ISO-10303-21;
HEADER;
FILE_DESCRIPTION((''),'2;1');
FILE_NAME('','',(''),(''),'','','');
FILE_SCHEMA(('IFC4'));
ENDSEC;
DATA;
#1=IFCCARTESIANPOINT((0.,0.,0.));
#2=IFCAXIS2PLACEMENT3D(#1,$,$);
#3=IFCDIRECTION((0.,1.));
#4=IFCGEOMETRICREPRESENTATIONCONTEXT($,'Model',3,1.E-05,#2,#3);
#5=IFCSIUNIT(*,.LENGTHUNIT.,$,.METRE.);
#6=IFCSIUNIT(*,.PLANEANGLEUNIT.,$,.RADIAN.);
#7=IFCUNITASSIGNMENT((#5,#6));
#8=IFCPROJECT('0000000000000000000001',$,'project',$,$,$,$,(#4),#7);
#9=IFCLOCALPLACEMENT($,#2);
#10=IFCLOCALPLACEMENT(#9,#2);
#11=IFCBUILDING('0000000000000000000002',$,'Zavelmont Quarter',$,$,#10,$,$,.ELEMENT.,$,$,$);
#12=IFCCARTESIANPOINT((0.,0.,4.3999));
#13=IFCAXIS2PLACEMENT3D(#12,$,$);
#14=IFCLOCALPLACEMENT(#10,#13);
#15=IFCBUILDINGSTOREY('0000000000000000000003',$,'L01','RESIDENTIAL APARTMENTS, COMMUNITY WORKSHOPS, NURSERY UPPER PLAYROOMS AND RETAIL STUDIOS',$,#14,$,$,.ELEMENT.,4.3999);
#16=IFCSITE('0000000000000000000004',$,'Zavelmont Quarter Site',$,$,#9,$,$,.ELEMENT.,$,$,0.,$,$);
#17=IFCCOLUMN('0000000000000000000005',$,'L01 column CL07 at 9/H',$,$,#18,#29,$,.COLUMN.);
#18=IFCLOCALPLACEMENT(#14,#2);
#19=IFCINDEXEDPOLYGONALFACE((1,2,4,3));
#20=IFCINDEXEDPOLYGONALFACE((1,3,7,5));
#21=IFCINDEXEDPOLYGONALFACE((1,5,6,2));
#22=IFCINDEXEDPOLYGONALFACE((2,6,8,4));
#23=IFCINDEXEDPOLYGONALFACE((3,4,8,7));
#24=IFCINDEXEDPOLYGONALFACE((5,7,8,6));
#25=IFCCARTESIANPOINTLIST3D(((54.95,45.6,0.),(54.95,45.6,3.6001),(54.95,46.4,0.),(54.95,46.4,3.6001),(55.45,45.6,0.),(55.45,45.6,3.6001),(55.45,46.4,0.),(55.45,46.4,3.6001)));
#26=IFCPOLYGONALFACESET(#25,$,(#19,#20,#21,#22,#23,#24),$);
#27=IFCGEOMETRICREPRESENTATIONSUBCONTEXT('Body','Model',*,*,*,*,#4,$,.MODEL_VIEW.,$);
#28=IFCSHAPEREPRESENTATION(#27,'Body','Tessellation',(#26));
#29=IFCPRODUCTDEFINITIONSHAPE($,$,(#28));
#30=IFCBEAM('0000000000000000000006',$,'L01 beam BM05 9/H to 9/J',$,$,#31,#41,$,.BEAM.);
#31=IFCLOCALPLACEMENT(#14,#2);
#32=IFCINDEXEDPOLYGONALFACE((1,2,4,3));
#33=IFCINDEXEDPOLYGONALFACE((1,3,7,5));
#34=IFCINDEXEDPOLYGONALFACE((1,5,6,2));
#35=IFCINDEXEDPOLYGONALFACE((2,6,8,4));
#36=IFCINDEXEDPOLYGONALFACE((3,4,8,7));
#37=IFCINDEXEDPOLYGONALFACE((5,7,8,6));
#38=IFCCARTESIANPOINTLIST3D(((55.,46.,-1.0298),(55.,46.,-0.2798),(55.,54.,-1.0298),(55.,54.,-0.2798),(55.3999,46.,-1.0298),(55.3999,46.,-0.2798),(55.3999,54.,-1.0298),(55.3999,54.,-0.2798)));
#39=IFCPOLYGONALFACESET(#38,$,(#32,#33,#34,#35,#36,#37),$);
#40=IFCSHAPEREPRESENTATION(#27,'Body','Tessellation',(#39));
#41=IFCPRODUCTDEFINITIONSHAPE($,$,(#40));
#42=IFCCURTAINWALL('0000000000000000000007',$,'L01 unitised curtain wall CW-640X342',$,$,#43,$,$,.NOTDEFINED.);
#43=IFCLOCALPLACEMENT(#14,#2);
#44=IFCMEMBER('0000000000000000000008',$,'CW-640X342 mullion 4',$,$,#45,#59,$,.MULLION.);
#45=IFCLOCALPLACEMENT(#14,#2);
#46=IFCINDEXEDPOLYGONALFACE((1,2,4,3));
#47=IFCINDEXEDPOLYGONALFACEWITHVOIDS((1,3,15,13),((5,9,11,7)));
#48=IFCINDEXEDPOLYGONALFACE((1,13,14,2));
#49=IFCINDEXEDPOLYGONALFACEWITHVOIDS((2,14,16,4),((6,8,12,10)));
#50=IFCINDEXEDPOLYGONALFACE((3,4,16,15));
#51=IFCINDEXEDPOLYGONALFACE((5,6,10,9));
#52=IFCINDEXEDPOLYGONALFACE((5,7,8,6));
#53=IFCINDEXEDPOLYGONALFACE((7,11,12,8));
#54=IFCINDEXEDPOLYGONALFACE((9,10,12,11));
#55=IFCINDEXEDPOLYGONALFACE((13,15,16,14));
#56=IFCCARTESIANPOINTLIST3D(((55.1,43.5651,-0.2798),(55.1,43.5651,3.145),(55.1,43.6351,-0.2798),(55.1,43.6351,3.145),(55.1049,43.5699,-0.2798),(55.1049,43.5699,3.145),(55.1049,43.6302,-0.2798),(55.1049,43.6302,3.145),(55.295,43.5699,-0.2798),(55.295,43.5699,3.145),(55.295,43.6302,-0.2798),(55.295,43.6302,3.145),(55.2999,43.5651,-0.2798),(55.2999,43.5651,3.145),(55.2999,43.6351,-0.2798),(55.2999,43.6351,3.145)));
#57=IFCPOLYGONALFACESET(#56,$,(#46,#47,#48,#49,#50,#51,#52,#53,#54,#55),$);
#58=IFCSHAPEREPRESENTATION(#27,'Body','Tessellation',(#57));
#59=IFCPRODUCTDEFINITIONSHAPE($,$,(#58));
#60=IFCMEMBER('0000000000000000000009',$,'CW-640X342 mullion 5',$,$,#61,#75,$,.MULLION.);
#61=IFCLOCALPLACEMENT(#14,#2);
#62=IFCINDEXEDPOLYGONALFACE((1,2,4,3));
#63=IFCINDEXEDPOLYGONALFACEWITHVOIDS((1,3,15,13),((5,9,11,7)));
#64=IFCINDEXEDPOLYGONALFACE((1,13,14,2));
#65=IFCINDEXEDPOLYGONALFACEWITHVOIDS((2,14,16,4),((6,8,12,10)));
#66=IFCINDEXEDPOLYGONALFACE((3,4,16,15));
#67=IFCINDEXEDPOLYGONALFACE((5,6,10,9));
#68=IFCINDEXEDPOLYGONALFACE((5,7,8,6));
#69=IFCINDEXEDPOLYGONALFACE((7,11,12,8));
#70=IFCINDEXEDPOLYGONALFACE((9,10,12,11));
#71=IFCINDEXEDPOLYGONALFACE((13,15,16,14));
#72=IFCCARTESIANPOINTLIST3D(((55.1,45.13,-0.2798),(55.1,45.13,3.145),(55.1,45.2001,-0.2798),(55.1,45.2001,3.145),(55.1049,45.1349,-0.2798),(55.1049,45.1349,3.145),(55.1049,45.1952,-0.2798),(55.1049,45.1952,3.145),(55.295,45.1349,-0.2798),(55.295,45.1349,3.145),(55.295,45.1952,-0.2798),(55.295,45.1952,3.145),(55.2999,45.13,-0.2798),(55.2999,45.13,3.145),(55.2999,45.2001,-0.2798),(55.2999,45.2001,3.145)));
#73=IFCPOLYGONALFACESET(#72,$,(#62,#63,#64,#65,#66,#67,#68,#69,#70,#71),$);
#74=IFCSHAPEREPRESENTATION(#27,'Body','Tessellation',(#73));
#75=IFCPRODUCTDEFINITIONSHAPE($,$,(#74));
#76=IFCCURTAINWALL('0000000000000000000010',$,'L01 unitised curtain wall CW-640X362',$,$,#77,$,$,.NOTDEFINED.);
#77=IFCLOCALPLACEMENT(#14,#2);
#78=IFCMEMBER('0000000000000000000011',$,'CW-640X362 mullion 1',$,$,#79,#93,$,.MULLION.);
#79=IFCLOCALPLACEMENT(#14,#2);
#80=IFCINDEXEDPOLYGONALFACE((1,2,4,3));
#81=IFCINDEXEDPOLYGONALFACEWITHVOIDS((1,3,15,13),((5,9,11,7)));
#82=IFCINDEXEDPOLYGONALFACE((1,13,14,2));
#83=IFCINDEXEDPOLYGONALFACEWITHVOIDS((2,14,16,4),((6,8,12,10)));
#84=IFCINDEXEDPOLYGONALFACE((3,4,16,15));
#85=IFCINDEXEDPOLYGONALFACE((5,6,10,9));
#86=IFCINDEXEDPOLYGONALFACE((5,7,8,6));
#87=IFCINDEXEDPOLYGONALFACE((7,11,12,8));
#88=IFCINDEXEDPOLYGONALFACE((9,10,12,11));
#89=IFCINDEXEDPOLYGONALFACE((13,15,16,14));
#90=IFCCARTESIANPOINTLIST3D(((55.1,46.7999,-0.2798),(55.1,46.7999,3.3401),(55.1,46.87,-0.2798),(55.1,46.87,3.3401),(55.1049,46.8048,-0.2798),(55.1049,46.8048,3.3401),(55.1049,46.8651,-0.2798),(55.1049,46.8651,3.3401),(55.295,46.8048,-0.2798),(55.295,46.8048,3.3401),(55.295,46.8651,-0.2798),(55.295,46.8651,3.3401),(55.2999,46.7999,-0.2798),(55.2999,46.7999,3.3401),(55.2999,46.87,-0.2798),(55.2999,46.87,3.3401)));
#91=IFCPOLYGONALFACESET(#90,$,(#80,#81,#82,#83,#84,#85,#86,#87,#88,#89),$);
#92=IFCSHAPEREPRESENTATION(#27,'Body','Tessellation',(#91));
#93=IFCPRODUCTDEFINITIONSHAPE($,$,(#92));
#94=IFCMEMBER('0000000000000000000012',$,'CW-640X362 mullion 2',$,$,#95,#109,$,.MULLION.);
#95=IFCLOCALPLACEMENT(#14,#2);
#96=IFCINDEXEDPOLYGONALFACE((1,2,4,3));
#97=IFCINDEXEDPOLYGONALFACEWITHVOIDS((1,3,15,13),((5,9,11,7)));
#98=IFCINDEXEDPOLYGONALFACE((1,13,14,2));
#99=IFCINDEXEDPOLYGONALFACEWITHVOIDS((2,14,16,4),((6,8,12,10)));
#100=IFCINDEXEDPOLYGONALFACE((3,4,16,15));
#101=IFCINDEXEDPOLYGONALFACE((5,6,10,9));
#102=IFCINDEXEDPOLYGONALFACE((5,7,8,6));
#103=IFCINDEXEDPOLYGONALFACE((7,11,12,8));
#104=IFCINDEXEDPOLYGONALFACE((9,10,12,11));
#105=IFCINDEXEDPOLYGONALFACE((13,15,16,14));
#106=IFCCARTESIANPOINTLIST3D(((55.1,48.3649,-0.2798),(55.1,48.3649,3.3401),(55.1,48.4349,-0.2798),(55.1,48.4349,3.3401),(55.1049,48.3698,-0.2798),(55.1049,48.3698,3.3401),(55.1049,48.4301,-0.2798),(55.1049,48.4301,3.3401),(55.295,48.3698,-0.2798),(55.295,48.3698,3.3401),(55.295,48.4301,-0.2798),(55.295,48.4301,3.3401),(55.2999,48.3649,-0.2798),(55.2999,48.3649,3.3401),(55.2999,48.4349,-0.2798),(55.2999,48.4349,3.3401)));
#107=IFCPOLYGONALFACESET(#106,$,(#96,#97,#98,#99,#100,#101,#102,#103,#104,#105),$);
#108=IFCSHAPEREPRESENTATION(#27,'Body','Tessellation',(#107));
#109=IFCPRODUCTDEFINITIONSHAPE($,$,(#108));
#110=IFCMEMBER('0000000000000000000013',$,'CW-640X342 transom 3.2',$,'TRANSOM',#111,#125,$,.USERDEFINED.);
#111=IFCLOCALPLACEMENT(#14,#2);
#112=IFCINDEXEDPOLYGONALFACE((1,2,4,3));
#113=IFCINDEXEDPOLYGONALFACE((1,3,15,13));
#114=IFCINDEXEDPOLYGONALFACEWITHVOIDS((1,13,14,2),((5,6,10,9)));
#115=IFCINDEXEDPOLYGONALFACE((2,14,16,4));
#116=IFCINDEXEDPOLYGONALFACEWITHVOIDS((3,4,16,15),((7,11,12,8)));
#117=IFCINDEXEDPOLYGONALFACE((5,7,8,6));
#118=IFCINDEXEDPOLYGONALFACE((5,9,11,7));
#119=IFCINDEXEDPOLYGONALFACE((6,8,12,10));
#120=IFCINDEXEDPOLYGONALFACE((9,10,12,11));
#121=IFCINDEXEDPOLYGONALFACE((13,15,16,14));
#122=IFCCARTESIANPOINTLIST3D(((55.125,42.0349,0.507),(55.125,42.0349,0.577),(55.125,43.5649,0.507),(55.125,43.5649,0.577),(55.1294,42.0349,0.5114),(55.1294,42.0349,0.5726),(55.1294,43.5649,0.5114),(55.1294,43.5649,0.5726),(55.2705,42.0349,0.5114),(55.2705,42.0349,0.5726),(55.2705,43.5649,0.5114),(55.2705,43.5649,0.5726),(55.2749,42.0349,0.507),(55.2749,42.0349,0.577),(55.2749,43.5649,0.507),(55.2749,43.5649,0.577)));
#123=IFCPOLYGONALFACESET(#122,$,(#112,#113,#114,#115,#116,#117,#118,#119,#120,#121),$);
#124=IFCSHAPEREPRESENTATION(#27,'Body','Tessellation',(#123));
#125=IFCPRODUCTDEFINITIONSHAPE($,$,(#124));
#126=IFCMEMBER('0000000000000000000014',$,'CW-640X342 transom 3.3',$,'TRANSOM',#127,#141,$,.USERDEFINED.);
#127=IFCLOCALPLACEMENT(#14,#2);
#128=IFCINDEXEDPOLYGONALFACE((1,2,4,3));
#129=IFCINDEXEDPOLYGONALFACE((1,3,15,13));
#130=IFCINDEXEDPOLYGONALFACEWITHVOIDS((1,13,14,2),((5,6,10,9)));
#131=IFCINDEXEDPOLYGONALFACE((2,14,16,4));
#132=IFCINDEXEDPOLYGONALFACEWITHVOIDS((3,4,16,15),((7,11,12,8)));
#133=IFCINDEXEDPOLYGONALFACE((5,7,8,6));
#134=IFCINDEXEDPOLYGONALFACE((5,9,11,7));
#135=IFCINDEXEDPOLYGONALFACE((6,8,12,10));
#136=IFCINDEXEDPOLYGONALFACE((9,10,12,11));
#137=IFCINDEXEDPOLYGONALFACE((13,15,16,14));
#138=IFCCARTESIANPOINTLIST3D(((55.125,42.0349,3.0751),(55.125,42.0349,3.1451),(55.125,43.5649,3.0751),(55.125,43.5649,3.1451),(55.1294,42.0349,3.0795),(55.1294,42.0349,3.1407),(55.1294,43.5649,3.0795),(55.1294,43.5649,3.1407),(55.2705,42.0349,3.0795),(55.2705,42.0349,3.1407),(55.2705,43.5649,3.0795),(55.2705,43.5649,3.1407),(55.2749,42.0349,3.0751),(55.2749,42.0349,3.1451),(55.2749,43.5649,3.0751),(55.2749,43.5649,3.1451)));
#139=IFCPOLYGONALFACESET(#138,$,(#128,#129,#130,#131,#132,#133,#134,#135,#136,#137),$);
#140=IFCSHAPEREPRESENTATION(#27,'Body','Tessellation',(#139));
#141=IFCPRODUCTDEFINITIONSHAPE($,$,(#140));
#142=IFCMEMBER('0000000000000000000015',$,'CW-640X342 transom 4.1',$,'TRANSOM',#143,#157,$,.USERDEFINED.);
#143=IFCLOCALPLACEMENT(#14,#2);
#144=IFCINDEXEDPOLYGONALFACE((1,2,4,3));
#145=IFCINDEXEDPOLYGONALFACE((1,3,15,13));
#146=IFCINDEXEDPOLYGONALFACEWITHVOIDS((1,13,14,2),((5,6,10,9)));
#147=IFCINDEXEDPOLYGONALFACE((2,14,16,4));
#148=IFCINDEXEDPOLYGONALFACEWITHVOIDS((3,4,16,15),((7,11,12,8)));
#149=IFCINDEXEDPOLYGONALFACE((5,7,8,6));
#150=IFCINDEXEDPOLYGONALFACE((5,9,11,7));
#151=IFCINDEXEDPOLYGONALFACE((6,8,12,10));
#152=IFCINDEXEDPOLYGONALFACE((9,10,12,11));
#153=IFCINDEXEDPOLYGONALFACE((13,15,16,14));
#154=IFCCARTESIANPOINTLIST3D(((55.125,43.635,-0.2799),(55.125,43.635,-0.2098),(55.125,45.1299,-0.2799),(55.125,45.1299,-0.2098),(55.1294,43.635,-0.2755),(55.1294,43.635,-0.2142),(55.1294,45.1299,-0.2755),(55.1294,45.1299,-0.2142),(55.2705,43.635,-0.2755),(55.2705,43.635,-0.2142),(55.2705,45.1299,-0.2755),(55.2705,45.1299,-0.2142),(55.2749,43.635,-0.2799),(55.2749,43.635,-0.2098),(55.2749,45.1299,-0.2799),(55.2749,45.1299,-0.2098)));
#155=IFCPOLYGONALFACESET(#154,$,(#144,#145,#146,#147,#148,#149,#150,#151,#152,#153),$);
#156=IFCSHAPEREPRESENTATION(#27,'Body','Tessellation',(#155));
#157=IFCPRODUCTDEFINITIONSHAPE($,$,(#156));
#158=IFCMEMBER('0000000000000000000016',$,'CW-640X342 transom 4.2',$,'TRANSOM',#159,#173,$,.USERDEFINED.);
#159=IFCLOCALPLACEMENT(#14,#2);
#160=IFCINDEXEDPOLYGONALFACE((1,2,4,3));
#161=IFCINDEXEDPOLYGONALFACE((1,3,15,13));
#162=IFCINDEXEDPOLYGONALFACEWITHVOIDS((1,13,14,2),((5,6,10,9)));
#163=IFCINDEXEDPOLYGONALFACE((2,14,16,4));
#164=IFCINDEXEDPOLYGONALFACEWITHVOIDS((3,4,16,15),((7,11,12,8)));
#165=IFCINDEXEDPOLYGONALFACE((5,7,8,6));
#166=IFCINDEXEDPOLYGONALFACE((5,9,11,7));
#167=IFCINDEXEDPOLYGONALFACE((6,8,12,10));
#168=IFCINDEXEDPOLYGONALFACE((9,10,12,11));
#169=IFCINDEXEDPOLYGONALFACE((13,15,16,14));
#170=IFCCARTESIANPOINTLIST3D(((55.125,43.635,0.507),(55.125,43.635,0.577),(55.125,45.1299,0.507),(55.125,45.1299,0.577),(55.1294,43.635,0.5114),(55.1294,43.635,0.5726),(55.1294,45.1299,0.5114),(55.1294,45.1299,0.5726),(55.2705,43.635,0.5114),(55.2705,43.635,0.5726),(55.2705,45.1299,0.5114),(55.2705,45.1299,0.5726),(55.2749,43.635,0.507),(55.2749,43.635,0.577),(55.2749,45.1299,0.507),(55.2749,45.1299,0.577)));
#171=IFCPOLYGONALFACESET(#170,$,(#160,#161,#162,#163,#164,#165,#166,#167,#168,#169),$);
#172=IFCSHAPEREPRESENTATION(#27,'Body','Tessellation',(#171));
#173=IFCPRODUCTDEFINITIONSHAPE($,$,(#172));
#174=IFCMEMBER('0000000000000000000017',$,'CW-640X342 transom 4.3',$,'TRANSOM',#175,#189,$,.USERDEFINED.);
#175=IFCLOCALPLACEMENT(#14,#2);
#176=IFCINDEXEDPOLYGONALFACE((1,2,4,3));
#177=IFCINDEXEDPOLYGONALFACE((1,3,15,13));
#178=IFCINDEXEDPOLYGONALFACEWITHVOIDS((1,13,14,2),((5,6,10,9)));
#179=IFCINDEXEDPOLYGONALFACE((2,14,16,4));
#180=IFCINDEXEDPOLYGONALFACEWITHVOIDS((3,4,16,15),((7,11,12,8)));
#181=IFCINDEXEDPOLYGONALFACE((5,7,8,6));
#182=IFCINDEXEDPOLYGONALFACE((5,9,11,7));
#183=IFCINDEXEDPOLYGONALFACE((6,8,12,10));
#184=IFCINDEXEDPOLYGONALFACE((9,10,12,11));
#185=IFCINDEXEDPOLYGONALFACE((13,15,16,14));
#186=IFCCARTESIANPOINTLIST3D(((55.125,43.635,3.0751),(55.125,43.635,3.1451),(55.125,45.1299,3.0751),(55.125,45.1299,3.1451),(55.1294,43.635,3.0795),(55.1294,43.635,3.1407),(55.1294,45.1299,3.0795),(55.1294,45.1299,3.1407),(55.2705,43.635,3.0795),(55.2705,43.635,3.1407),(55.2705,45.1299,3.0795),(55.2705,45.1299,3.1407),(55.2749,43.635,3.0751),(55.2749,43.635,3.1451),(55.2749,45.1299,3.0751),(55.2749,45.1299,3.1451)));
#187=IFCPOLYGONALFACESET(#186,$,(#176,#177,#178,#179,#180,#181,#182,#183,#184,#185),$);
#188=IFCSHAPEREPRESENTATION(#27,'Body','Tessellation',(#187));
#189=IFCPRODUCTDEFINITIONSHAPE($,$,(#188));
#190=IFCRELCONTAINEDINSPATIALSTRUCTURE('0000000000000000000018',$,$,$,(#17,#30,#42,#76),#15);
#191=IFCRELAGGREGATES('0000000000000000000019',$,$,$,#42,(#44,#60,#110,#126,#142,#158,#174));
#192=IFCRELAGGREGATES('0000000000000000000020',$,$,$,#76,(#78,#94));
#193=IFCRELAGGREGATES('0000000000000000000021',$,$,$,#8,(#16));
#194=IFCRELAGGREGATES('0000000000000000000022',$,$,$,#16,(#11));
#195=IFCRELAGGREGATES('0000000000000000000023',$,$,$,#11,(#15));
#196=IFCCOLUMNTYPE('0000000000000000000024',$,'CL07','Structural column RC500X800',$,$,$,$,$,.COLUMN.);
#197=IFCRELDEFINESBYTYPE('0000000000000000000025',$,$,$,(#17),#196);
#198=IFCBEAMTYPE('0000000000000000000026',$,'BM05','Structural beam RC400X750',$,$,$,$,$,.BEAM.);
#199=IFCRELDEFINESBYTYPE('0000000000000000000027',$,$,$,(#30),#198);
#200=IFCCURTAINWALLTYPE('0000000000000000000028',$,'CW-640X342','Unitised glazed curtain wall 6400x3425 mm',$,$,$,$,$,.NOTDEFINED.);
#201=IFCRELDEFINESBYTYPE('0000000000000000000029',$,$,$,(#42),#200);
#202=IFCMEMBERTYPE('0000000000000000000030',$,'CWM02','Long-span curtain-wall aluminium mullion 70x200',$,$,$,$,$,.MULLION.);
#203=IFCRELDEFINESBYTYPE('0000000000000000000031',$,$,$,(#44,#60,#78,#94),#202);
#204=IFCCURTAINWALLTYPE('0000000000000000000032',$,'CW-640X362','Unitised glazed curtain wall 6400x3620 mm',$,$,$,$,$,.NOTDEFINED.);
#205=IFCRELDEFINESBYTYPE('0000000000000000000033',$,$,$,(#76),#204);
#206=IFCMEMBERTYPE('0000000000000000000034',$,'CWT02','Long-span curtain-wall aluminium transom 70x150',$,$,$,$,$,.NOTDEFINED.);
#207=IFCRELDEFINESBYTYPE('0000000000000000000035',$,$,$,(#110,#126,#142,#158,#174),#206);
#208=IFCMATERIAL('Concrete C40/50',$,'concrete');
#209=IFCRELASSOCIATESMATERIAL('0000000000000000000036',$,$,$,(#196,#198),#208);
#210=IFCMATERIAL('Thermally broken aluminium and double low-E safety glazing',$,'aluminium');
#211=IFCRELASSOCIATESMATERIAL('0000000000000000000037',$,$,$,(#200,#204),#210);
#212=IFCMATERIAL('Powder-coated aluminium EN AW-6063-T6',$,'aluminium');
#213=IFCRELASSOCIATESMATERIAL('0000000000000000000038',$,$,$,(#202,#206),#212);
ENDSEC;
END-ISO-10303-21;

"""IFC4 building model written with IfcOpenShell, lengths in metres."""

from ifc_helpers import new_model, si_unit, direction, frame, origin, origin_2d, place, context, subcontext, project, spatial, rectangle, hollow_rectangle, extrude, material, material_profile, profile_set, type_object, element, aggregate, save


model = new_model("IFC4")

# Units and contexts
model_context = context("Model", 3, precision=1e-05, world=origin(), true_north=direction((0.0, 1.0)))
body_context = subcontext(model_context, "Body", "Model", "MODEL_VIEW")
ifc_project = project(units=[si_unit("LENGTHUNIT", "METRE"), si_unit("PLANEANGLEUNIT", "RADIAN")], contexts=[model_context])

# Site, building, storey
site_placement = place(None, origin())
site = spatial("IfcSite", under=ifc_project, at=site_placement, Name="Zavelmont Quarter Site", CompositionType="ELEMENT", RefElevation=0.0)
building_placement = place(site_placement, origin())
building = spatial("IfcBuilding", under=site, at=building_placement, Name="Zavelmont Quarter", CompositionType="ELEMENT")
storey_placement = place(building_placement, frame((0.0, 0.0, 4.3999)))
storey = spatial("IfcBuildingStorey", under=building, at=storey_placement, Name="L01", Description="RESIDENTIAL APARTMENTS, COMMUNITY WORKSHOPS, NURSERY UPPER PLAYROOMS AND RETAIL STUDIOS", CompositionType="ELEMENT", Elevation=4.3999)

# Column
ifc_material_1 = material(Name="Concrete C40/50", Category="concrete")
ifc_material_profile_1 = material_profile(ifc_material_1, rectangle(XDim=0.5, YDim=0.8, at=origin_2d()), Name="RC500X800")
ifc_profile_set_1 = profile_set([ifc_material_profile_1], Name="Concrete C40/50")
column_type = type_object("IfcColumnType", Name="CL07", Description="Structural column RC500X800", PredefinedType="COLUMN", material=ifc_profile_set_1)
column_placement = place(storey_placement, frame((55.2, 46.0, 0.0), z_axis=(0.0, 0.0, 1.0), x_axis=(1.0, 0.0, 0.0)))
element("IfcColumn", 1, at=column_placement, inside=storey, type_object=column_type, Name="L01 column CL07 at 9/H", PredefinedType="COLUMN", context=body_context, shape_type="SweptSolid", body=[
    extrude(rectangle(XDim=0.5, YDim=0.8, at=origin_2d()), origin(), (0.0, 0.0, 1.0), 3.6001),
])

# Beam
ifc_material_profile_2 = material_profile(ifc_material_1, rectangle(XDim=0.3999, YDim=0.75, at=origin_2d()), Name="RC400X750")
ifc_profile_set_2 = profile_set([ifc_material_profile_2], Name="Concrete C40/50")
beam_type = type_object("IfcBeamType", Name="BM05", Description="Structural beam RC400X750", PredefinedType="BEAM", material=ifc_profile_set_2)
beam_placement = place(storey_placement, frame((55.2, 46.0, -0.6548), z_axis=(0.0, 1.0, 0.0), x_axis=(-1.0, 0.0, 0.0)))
element("IfcBeam", 2, at=beam_placement, inside=storey, type_object=beam_type, Name="L01 beam BM05 9/H to 9/J", PredefinedType="BEAM", context=body_context, shape_type="SweptSolid", body=[
    extrude(rectangle(XDim=0.3999, YDim=0.75, at=origin_2d()), origin(), (0.0, 0.0, 1.0), 8.0),
])

# Curtain walls, members
ifc_material_2 = material(Name="Thermally broken aluminium and double low-E safety glazing", Category="aluminium")
curtain_wall_type_1 = type_object("IfcCurtainWallType", Name="CW-640X342", Description="Unitised glazed curtain wall 6400x3425 mm", PredefinedType="NOTDEFINED", material=ifc_material_2)
curtain_wall_1_placement = place(storey_placement, origin())
curtain_wall_1 = element("IfcCurtainWall", 3, at=curtain_wall_1_placement, inside=storey, type_object=curtain_wall_type_1, Name="L01 unitised curtain wall CW-640X342", PredefinedType="NOTDEFINED")
ifc_material_3 = material(Name="Powder-coated aluminium EN AW-6063-T6", Category="aluminium")
ifc_material_profile_3 = material_profile(ifc_material_3, hollow_rectangle(XDim=0.0701, YDim=0.2, WallThickness=0.0049, at=origin_2d()), Name="CWM70X200")
ifc_profile_set_3 = profile_set([ifc_material_profile_3], Name="Powder-coated aluminium EN AW-6063-T6")
member_type_1 = type_object("IfcMemberType", Name="CWM02", Description="Long-span curtain-wall aluminium mullion 70x200", PredefinedType="MULLION", material=ifc_profile_set_3)
member_1_placement = place(storey_placement, frame((55.2, 43.6001, -0.2798), z_axis=(0.0, 0.0, 1.0), x_axis=(0.0, 1.0, 0.0)))
member_1 = element("IfcMember", 4, at=member_1_placement, type_object=member_type_1, Name="CW-640X342 mullion 4", PredefinedType="MULLION", context=body_context, shape_type="SweptSolid", body=[
    extrude(hollow_rectangle(XDim=0.0701, YDim=0.2, WallThickness=0.0049, at=origin_2d()), origin(), (0.0, 0.0, 1.0), 3.4248),
])
member_2_placement = place(storey_placement, frame((55.2, 45.165, -0.2798), z_axis=(0.0, 0.0, 1.0), x_axis=(0.0, 1.0, 0.0)))
member_2 = element("IfcMember", 5, at=member_2_placement, type_object=member_type_1, Name="CW-640X342 mullion 5", PredefinedType="MULLION", context=body_context, shape_type="SweptSolid", body=[
    extrude(hollow_rectangle(XDim=0.0701, YDim=0.2, WallThickness=0.0049, at=origin_2d()), origin(), (0.0, 0.0, 1.0), 3.4248),
])
curtain_wall_type_2 = type_object("IfcCurtainWallType", Name="CW-640X362", Description="Unitised glazed curtain wall 6400x3620 mm", PredefinedType="NOTDEFINED", material=ifc_material_2)
curtain_wall_2_placement = place(storey_placement, origin())
curtain_wall_2 = element("IfcCurtainWall", 6, at=curtain_wall_2_placement, inside=storey, type_object=curtain_wall_type_2, Name="L01 unitised curtain wall CW-640X362", PredefinedType="NOTDEFINED")
member_3_placement = place(storey_placement, frame((55.2, 46.835, -0.2798), z_axis=(0.0, 0.0, 1.0), x_axis=(0.0, 1.0, 0.0)))
member_3 = element("IfcMember", 7, at=member_3_placement, type_object=member_type_1, Name="CW-640X362 mullion 1", PredefinedType="MULLION", context=body_context, shape_type="SweptSolid", body=[
    extrude(hollow_rectangle(XDim=0.0701, YDim=0.2, WallThickness=0.0049, at=origin_2d()), origin(), (0.0, 0.0, 1.0), 3.6199),
])
member_4_placement = place(storey_placement, frame((55.2, 48.3999, -0.2798), z_axis=(0.0, 0.0, 1.0), x_axis=(0.0, 1.0, 0.0)))
member_4 = element("IfcMember", 8, at=member_4_placement, type_object=member_type_1, Name="CW-640X362 mullion 2", PredefinedType="MULLION", context=body_context, shape_type="SweptSolid", body=[
    extrude(hollow_rectangle(XDim=0.0701, YDim=0.2, WallThickness=0.0049, at=origin_2d()), origin(), (0.0, 0.0, 1.0), 3.6199),
])

# Members
ifc_material_profile_4 = material_profile(ifc_material_3, hollow_rectangle(XDim=0.1499, YDim=0.0701, WallThickness=0.0044, at=origin_2d()), Name="CWT70X150")
ifc_profile_set_4 = profile_set([ifc_material_profile_4], Name="Powder-coated aluminium EN AW-6063-T6")
member_type_2 = type_object("IfcMemberType", Name="CWT02", Description="Long-span curtain-wall aluminium transom 70x150", PredefinedType="NOTDEFINED", material=ifc_profile_set_4)
member_5_placement = place(storey_placement, frame((55.2, 42.0349, 0.542), z_axis=(0.0, 1.0, 0.0), x_axis=(-1.0, 0.0, 0.0)))
member_5 = element("IfcMember", 9, at=member_5_placement, type_object=member_type_2, Name="CW-640X342 transom 3.2", ObjectType="TRANSOM", PredefinedType="USERDEFINED", context=body_context, shape_type="SweptSolid", body=[
    extrude(hollow_rectangle(XDim=0.1499, YDim=0.0701, WallThickness=0.0044, at=origin_2d()), origin(), (0.0, 0.0, 1.0), 1.53),
])
member_6_placement = place(storey_placement, frame((55.2, 42.0349, 3.1101), z_axis=(0.0, 1.0, 0.0), x_axis=(-1.0, 0.0, 0.0)))
member_6 = element("IfcMember", 10, at=member_6_placement, type_object=member_type_2, Name="CW-640X342 transom 3.3", ObjectType="TRANSOM", PredefinedType="USERDEFINED", context=body_context, shape_type="SweptSolid", body=[
    extrude(hollow_rectangle(XDim=0.1499, YDim=0.0701, WallThickness=0.0044, at=origin_2d()), origin(), (0.0, 0.0, 1.0), 1.53),
])
member_7_placement = place(storey_placement, frame((55.2, 43.635, -0.2449), z_axis=(0.0, 1.0, 0.0), x_axis=(-1.0, 0.0, 0.0)))
member_7 = element("IfcMember", 11, at=member_7_placement, type_object=member_type_2, Name="CW-640X342 transom 4.1", ObjectType="TRANSOM", PredefinedType="USERDEFINED", context=body_context, shape_type="SweptSolid", body=[
    extrude(hollow_rectangle(XDim=0.1499, YDim=0.0701, WallThickness=0.0044, at=origin_2d()), origin(), (0.0, 0.0, 1.0), 1.4949),
])
member_8_placement = place(storey_placement, frame((55.2, 43.635, 0.542), z_axis=(0.0, 1.0, 0.0), x_axis=(-1.0, 0.0, 0.0)))
member_8 = element("IfcMember", 12, at=member_8_placement, type_object=member_type_2, Name="CW-640X342 transom 4.2", ObjectType="TRANSOM", PredefinedType="USERDEFINED", context=body_context, shape_type="SweptSolid", body=[
    extrude(hollow_rectangle(XDim=0.1499, YDim=0.0701, WallThickness=0.0044, at=origin_2d()), origin(), (0.0, 0.0, 1.0), 1.4949),
])
member_9_placement = place(storey_placement, frame((55.2, 43.635, 3.1101), z_axis=(0.0, 1.0, 0.0), x_axis=(-1.0, 0.0, 0.0)))
member_9 = element("IfcMember", 13, at=member_9_placement, type_object=member_type_2, Name="CW-640X342 transom 4.3", ObjectType="TRANSOM", PredefinedType="USERDEFINED", context=body_context, shape_type="SweptSolid", body=[
    extrude(hollow_rectangle(XDim=0.1499, YDim=0.0701, WallThickness=0.0044, at=origin_2d()), origin(), (0.0, 0.0, 1.0), 1.4949),
])

aggregate(curtain_wall_1, [member_1, member_2, member_5, member_6, member_7, member_8, member_9])
aggregate(curtain_wall_2, [member_3, member_4])

save(model, "model.ifc")
